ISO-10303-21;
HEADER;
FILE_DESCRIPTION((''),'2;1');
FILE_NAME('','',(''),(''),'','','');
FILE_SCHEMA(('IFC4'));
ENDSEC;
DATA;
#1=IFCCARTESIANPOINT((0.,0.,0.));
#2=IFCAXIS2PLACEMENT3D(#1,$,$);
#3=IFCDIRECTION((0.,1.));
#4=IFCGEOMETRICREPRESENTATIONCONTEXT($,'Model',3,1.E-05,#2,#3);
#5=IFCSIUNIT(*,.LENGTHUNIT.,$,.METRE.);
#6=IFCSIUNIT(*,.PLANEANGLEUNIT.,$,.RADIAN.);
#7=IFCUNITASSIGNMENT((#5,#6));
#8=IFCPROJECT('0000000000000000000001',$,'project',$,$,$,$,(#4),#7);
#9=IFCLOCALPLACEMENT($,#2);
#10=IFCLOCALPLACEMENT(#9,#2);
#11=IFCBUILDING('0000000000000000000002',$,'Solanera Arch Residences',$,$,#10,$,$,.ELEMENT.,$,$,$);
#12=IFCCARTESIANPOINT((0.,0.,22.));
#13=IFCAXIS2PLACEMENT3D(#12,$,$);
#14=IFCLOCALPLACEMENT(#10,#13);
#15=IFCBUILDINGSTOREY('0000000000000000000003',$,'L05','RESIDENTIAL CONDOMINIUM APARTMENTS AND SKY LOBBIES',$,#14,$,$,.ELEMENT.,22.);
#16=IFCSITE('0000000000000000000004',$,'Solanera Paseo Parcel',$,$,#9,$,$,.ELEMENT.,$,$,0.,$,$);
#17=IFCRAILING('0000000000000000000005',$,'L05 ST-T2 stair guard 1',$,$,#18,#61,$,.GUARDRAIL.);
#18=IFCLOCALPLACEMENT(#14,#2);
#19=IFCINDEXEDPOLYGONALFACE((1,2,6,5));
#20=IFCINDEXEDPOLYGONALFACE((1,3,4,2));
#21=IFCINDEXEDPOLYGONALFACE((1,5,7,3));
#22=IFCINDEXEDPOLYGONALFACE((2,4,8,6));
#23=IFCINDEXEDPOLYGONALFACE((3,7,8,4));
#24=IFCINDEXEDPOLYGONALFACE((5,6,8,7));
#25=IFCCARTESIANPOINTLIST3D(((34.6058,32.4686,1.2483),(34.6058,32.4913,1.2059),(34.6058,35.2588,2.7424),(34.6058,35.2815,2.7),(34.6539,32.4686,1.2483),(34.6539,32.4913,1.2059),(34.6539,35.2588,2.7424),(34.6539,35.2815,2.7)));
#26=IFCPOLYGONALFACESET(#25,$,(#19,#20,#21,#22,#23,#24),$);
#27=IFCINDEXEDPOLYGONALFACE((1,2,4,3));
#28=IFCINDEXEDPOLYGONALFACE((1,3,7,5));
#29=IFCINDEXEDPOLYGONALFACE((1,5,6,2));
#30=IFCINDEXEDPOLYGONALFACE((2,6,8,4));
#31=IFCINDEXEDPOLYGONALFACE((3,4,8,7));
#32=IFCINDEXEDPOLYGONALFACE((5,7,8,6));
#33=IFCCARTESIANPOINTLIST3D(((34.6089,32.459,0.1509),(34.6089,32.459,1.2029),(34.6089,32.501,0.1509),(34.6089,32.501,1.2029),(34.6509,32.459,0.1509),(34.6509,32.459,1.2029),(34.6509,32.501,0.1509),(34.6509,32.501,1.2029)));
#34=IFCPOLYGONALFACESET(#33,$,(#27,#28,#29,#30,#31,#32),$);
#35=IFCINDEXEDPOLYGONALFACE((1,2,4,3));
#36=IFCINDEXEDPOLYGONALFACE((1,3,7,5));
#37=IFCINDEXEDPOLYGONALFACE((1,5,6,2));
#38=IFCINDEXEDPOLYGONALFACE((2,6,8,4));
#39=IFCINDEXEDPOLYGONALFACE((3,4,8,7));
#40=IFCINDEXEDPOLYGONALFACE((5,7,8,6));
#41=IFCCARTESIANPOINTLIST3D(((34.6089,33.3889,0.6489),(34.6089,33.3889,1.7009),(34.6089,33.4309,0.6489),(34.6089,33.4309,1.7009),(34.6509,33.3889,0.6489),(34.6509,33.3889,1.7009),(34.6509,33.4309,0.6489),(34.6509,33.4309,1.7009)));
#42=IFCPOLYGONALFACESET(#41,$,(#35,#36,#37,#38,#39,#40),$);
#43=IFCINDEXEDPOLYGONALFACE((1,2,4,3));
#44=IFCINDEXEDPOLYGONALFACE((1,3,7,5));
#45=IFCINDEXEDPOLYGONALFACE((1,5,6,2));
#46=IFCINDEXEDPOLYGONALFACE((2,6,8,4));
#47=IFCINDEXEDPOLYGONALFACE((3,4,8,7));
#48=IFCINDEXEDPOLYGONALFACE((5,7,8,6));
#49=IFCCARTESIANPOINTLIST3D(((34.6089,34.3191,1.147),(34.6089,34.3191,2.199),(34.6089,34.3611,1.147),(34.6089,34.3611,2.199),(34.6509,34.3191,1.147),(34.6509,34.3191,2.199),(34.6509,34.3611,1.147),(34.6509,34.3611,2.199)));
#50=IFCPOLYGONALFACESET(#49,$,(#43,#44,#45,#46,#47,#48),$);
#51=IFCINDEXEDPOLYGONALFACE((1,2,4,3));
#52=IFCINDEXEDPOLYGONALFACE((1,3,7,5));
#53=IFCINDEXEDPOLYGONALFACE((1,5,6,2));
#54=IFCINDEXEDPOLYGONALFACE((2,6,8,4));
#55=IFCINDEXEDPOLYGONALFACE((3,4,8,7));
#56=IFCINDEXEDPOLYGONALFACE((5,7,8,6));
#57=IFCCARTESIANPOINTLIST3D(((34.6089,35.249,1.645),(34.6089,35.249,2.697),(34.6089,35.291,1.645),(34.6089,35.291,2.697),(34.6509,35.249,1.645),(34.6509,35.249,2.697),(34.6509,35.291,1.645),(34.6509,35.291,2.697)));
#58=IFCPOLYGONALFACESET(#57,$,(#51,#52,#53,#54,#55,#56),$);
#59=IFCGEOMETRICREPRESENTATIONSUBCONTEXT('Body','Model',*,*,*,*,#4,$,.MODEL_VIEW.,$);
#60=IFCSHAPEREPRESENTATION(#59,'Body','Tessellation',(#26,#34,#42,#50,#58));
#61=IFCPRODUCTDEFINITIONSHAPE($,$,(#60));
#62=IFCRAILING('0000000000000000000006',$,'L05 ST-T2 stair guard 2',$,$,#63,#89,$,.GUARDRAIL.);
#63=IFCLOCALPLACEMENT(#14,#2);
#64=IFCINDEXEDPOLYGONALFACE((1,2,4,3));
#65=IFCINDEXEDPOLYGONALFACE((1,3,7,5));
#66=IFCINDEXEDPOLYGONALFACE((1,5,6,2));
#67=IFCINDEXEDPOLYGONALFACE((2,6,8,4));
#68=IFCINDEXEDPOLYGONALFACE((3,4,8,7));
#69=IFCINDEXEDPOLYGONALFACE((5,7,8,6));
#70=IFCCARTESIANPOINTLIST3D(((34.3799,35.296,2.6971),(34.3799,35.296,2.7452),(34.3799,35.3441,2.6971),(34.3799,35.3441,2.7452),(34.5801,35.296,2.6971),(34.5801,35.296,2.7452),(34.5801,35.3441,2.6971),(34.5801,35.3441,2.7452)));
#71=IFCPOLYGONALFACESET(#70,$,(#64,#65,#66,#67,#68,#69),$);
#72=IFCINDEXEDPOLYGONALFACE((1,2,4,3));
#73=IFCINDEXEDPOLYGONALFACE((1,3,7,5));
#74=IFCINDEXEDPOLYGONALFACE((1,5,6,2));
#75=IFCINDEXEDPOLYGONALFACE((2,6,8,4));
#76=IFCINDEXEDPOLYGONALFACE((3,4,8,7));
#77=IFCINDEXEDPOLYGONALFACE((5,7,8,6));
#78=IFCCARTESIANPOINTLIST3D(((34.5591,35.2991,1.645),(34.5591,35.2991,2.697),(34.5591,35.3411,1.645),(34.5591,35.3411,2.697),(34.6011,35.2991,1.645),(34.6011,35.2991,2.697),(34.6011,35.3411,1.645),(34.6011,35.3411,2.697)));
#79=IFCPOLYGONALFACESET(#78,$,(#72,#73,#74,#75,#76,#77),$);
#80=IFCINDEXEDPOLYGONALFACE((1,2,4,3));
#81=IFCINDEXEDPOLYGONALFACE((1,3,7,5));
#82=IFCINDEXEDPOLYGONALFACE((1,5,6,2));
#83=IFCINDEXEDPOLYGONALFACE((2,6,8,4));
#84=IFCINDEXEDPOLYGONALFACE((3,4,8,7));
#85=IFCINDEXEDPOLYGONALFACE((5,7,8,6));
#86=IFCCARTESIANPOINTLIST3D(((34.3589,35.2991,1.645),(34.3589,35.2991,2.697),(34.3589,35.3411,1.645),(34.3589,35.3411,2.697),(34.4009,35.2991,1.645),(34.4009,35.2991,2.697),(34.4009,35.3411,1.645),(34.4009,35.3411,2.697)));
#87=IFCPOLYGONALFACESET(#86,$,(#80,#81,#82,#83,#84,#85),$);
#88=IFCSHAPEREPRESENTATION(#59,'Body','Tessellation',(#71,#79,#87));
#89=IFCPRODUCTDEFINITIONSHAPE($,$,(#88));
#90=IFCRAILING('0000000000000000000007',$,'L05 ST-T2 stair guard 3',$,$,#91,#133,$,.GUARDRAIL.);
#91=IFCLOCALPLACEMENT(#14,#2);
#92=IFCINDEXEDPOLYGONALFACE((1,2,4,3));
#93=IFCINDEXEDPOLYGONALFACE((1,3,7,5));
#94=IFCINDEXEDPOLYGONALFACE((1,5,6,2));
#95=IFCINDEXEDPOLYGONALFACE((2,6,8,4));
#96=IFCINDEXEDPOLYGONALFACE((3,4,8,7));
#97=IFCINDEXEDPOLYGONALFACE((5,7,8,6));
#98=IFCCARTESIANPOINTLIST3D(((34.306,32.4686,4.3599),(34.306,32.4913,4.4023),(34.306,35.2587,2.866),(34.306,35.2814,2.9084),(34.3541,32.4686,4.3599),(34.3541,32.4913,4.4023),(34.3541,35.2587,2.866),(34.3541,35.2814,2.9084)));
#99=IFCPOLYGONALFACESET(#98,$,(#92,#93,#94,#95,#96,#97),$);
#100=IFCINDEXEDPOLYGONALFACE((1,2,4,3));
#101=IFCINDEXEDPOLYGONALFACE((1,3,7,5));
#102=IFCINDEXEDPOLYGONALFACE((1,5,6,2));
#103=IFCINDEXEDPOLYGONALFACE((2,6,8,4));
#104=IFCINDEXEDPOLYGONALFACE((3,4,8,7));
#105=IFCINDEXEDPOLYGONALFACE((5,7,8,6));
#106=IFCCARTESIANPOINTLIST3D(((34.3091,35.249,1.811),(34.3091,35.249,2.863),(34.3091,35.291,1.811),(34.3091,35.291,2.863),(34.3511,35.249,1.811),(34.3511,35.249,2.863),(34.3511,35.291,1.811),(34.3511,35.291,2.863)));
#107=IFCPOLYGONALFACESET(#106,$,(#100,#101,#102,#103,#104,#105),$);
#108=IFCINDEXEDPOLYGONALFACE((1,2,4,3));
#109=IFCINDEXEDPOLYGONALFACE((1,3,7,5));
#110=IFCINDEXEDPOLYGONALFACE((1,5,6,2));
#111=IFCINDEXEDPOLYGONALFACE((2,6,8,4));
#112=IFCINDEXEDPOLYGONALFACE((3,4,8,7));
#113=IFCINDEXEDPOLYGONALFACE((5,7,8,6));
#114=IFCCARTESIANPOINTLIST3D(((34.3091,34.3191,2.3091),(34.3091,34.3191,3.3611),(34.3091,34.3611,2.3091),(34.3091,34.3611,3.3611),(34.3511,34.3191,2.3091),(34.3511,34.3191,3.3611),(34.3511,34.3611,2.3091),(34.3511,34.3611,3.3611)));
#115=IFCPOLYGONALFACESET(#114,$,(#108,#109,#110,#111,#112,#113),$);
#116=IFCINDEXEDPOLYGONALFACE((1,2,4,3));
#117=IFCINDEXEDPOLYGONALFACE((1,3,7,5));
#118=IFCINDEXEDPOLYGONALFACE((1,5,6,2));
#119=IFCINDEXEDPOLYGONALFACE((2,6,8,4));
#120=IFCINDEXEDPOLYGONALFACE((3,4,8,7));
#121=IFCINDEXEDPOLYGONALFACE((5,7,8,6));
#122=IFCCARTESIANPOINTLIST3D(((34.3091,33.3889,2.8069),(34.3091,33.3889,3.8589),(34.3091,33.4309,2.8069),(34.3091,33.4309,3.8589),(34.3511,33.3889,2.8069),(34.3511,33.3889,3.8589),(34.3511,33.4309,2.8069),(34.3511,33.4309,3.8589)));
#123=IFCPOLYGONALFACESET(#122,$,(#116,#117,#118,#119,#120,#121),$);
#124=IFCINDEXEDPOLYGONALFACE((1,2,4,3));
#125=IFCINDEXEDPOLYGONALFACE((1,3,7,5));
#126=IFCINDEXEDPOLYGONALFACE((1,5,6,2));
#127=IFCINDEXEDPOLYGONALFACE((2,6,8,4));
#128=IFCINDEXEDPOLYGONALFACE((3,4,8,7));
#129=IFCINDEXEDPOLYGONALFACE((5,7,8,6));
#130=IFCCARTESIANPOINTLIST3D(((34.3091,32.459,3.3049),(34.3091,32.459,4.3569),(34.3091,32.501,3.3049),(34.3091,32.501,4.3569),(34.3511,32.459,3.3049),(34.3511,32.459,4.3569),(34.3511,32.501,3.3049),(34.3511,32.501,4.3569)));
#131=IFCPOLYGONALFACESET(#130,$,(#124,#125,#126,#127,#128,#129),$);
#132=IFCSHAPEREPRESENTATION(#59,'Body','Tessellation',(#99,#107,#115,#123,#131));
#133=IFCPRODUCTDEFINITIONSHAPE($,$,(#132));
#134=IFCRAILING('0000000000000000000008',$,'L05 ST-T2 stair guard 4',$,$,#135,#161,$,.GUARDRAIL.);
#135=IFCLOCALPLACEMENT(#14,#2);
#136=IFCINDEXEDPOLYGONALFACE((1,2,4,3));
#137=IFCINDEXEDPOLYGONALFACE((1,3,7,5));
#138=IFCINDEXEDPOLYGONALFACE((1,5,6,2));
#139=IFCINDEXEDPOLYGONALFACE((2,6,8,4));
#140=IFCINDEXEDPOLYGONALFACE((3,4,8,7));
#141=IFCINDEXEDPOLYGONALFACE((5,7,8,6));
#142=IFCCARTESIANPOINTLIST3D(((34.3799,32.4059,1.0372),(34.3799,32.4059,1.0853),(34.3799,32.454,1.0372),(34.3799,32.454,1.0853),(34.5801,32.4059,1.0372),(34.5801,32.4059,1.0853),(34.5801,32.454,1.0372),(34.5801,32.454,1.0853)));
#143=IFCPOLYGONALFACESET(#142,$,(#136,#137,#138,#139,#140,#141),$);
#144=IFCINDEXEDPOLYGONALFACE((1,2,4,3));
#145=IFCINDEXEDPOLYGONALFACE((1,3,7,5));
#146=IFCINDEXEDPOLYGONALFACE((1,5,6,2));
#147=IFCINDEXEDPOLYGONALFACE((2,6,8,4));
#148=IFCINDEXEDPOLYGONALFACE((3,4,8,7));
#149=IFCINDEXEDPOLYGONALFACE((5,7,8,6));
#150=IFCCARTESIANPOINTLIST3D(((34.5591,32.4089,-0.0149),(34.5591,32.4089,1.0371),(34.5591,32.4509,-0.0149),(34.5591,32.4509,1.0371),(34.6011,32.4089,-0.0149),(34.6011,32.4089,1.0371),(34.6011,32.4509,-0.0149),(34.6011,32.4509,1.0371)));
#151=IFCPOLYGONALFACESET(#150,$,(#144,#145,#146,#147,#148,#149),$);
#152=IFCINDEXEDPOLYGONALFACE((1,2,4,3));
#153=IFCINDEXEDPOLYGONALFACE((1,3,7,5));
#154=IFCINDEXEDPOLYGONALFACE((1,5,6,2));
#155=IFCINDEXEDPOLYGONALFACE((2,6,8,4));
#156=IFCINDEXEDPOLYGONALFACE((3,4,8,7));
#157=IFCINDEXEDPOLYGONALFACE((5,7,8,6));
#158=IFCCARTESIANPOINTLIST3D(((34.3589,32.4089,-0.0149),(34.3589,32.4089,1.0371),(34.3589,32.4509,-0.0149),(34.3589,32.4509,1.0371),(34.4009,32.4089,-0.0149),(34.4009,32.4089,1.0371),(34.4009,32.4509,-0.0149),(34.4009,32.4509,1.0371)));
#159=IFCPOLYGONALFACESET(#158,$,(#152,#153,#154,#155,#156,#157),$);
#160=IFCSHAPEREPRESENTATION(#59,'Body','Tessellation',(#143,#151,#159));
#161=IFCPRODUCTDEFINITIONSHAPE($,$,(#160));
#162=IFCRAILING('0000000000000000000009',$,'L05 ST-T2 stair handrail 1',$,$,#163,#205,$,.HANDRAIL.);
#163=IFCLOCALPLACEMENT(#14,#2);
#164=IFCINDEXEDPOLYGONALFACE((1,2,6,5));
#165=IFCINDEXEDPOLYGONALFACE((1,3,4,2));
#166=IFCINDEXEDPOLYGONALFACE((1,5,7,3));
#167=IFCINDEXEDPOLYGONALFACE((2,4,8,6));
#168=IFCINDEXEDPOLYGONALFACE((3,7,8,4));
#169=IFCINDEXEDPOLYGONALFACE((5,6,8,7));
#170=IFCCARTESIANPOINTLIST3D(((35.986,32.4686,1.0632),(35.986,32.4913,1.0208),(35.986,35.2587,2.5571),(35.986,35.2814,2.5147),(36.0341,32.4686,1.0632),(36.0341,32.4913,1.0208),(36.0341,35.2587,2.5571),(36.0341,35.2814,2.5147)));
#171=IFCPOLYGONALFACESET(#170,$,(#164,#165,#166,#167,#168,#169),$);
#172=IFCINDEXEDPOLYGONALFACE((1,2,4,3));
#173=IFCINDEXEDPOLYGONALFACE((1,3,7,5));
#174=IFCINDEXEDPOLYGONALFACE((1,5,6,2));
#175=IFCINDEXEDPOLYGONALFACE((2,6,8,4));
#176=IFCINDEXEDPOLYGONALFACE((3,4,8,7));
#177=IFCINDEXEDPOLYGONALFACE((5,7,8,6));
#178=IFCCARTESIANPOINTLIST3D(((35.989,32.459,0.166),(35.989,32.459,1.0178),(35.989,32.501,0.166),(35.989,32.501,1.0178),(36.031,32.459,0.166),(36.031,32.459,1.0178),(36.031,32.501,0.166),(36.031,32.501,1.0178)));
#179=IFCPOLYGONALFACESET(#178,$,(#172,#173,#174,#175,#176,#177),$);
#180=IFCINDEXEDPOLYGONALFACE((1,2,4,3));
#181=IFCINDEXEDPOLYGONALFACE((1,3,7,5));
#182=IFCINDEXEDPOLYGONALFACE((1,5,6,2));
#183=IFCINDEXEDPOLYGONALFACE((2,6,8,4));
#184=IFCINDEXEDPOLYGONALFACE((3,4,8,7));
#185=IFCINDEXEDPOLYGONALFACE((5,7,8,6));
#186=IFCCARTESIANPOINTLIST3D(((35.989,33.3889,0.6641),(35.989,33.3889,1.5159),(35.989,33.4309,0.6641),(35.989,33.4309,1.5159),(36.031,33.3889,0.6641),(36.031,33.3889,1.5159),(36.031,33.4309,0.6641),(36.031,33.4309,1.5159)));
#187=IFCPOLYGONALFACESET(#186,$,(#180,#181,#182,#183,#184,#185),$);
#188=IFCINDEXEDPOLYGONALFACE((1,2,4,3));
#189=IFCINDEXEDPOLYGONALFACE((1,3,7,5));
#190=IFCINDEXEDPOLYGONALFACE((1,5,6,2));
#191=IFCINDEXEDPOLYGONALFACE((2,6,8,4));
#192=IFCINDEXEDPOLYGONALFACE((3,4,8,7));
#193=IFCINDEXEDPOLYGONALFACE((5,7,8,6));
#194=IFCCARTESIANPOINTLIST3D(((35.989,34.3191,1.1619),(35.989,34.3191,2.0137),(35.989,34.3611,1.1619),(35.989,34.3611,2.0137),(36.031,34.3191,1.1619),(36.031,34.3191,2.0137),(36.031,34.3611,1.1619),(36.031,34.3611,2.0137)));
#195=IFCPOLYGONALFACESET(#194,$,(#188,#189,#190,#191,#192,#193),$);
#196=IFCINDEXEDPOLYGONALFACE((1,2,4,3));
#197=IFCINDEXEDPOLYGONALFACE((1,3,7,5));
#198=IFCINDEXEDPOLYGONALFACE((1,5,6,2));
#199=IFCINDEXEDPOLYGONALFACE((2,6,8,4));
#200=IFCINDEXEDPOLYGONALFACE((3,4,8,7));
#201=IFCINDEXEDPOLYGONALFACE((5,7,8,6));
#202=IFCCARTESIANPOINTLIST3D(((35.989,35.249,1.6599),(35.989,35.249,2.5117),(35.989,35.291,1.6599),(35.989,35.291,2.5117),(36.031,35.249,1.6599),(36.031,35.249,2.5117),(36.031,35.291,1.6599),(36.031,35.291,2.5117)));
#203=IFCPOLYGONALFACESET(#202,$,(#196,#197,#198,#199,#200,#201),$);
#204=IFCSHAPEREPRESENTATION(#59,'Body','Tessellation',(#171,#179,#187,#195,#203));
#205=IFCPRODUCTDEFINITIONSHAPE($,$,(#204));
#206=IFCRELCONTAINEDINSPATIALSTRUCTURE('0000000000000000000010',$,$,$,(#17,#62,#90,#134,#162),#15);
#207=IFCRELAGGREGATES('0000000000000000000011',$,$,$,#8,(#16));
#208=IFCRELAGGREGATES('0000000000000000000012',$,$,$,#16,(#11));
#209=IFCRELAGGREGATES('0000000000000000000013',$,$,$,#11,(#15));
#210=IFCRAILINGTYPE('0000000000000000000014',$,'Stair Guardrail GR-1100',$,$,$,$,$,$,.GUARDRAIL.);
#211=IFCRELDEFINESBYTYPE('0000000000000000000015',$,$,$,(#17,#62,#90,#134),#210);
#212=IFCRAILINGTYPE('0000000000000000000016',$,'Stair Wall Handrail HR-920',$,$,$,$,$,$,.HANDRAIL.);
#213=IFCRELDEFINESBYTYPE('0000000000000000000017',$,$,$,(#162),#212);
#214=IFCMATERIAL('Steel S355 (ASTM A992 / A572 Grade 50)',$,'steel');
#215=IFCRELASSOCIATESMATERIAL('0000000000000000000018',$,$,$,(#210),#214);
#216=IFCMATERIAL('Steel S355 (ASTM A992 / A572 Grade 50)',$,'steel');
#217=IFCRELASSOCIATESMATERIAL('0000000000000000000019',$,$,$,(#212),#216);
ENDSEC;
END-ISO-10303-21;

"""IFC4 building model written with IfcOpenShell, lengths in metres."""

from ifc_helpers import new_model, si_unit, direction, frame, origin, origin_2d, place, context, subcontext, project, spatial, rectangle, extrude, material, type_object, element, save


model = new_model("IFC4")

# Units and contexts
model_context = context("Model", 3, precision=1e-05, world=origin(), true_north=direction((0.0, 1.0)))
body_context = subcontext(model_context, "Body", "Model", "MODEL_VIEW")
ifc_project = project(units=[si_unit("LENGTHUNIT", "METRE"), si_unit("PLANEANGLEUNIT", "RADIAN")], contexts=[model_context])

# Site, building, storey
site_placement = place(None, origin())
site = spatial("IfcSite", under=ifc_project, at=site_placement, Name="Solanera Paseo Parcel", CompositionType="ELEMENT", RefElevation=0.0)
building_placement = place(site_placement, origin())
building = spatial("IfcBuilding", under=site, at=building_placement, Name="Solanera Arch Residences", CompositionType="ELEMENT")
storey_placement = place(building_placement, frame((0.0, 0.0, 22.0)))
storey = spatial("IfcBuildingStorey", under=building, at=storey_placement, Name="L05", Description="RESIDENTIAL CONDOMINIUM APARTMENTS AND SKY LOBBIES", CompositionType="ELEMENT", Elevation=22.0)

# Railings
ifc_material_1 = material(Name="Steel S355 (ASTM A992 / A572 Grade 50)", Category="steel")
railing_type_1 = type_object("IfcRailingType", Name="Stair Guardrail GR-1100", PredefinedType="GUARDRAIL", material=ifc_material_1)
railing_1_placement = place(storey_placement, frame((34.6299, 32.48, 0.1509)))
element("IfcRailing", 1, at=railing_1_placement, inside=storey, type_object=railing_type_1, Name="L05 ST-T2 stair guard 1", PredefinedType="GUARDRAIL", context=body_context, shape_type="SweptSolid", body=[
    extrude(rectangle(XDim=0.0481, YDim=0.0481, at=origin_2d()), frame((0.0, 0.0, 1.0762), z_axis=(0.0, 0.881549, 0.472093), x_axis=(-1.0, 0.0, 0.0)), (0.0, 0.0, 1.0), 3.165),
    extrude(rectangle(XDim=0.042, YDim=0.042, at=origin_2d()), origin(), (0.0, 0.0, 1.0), 1.052),
    extrude(rectangle(XDim=0.042, YDim=0.042, at=origin_2d()), frame((0.0, 0.9299, 0.498)), (0.0, 0.0, 1.0), 1.052),
    extrude(rectangle(XDim=0.042, YDim=0.042, at=origin_2d()), frame((0.0, 1.8601, 0.9961)), (0.0, 0.0, 1.0), 1.052),
    extrude(rectangle(XDim=0.042, YDim=0.042, at=origin_2d()), frame((0.0, 2.79, 1.4941)), (0.0, 0.0, 1.0), 1.052),
])
railing_2_placement = place(storey_placement, frame((34.5801, 35.3201, 1.645)))
element("IfcRailing", 2, at=railing_2_placement, inside=storey, type_object=railing_type_1, Name="L05 ST-T2 stair guard 2", PredefinedType="GUARDRAIL", context=body_context, shape_type="SweptSolid", body=[
    extrude(rectangle(XDim=0.0481, YDim=0.0481, at=origin_2d()), frame((0.0, 0.0, 1.0762), z_axis=(-1.0, 0.0, 0.0), x_axis=(0.0, -1.0, 0.0)), (0.0, 0.0, 1.0), 0.2002),
    extrude(rectangle(XDim=0.042, YDim=0.042, at=origin_2d()), origin(), (0.0, 0.0, 1.0), 1.052),
    extrude(rectangle(XDim=0.042, YDim=0.042, at=origin_2d()), frame((-0.2002, 0.0, 0.0)), (0.0, 0.0, 1.0), 1.052),
])
railing_3_placement = place(storey_placement, frame((34.3301, 35.27, 1.811)))
element("IfcRailing", 3, at=railing_3_placement, inside=storey, type_object=railing_type_1, Name="L05 ST-T2 stair guard 3", PredefinedType="GUARDRAIL", context=body_context, shape_type="SweptSolid", body=[
    extrude(rectangle(XDim=0.0481, YDim=0.0481, at=origin_2d()), frame((0.0, 0.0, 1.0762), z_axis=(0.0, -0.881581, 0.472033), x_axis=(1.0, 0.0, 0.0)), (0.0, 0.0, 1.0), 3.1648),
    extrude(rectangle(XDim=0.042, YDim=0.042, at=origin_2d()), origin(), (0.0, 0.0, 1.0), 1.052),
    extrude(rectangle(XDim=0.042, YDim=0.042, at=origin_2d()), frame((0.0, -0.9299, 0.498)), (0.0, 0.0, 1.0), 1.052),
    extrude(rectangle(XDim=0.042, YDim=0.042, at=origin_2d()), frame((0.0, -1.8601, 0.9958)), (0.0, 0.0, 1.0), 1.052),
    extrude(rectangle(XDim=0.042, YDim=0.042, at=origin_2d()), frame((0.0, -2.79, 1.4939)), (0.0, 0.0, 1.0), 1.052),
])
railing_4_placement = place(storey_placement, frame((34.5801, 32.4299, -0.0149)))
element("IfcRailing", 4, at=railing_4_placement, inside=storey, type_object=railing_type_1, Name="L05 ST-T2 stair guard 4", PredefinedType="GUARDRAIL", context=body_context, shape_type="SweptSolid", body=[
    extrude(rectangle(XDim=0.0481, YDim=0.0481, at=origin_2d()), frame((0.0, 0.0, 1.0762), z_axis=(-1.0, 0.0, 0.0), x_axis=(0.0, -1.0, 0.0)), (0.0, 0.0, 1.0), 0.2002),
    extrude(rectangle(XDim=0.042, YDim=0.042, at=origin_2d()), origin(), (0.0, 0.0, 1.0), 1.052),
    extrude(rectangle(XDim=0.042, YDim=0.042, at=origin_2d()), frame((-0.2002, 0.0, 0.0)), (0.0, 0.0, 1.0), 1.052),
])
ifc_material_2 = material(Name="Steel S355 (ASTM A992 / A572 Grade 50)", Category="steel")
railing_type_2 = type_object("IfcRailingType", Name="Stair Wall Handrail HR-920", PredefinedType="HANDRAIL", material=ifc_material_2)
railing_5_placement = place(storey_placement, frame((36.01, 32.48, 0.166)))
element("IfcRailing", 5, at=railing_5_placement, inside=storey, type_object=railing_type_2, Name="L05 ST-T2 stair handrail 1", PredefinedType="HANDRAIL", context=body_context, shape_type="SweptSolid", body=[
    extrude(rectangle(XDim=0.0481, YDim=0.0481, at=origin_2d()), frame((0.0, 0.0, 0.876), z_axis=(0.0, 0.881581, 0.472033), x_axis=(-1.0, 0.0, 0.0)), (0.0, 0.0, 1.0), 3.1648),
    extrude(rectangle(XDim=0.042, YDim=0.042, at=origin_2d()), origin(), (0.0, 0.0, 1.0), 0.8518),
    extrude(rectangle(XDim=0.042, YDim=0.042, at=origin_2d()), frame((0.0, 0.9299, 0.498)), (0.0, 0.0, 1.0), 0.8518),
    extrude(rectangle(XDim=0.042, YDim=0.042, at=origin_2d()), frame((0.0, 1.8601, 0.9958)), (0.0, 0.0, 1.0), 0.8518),
    extrude(rectangle(XDim=0.042, YDim=0.042, at=origin_2d()), frame((0.0, 2.79, 1.4939)), (0.0, 0.0, 1.0), 0.8518),
])

save(model, "model.ifc")
